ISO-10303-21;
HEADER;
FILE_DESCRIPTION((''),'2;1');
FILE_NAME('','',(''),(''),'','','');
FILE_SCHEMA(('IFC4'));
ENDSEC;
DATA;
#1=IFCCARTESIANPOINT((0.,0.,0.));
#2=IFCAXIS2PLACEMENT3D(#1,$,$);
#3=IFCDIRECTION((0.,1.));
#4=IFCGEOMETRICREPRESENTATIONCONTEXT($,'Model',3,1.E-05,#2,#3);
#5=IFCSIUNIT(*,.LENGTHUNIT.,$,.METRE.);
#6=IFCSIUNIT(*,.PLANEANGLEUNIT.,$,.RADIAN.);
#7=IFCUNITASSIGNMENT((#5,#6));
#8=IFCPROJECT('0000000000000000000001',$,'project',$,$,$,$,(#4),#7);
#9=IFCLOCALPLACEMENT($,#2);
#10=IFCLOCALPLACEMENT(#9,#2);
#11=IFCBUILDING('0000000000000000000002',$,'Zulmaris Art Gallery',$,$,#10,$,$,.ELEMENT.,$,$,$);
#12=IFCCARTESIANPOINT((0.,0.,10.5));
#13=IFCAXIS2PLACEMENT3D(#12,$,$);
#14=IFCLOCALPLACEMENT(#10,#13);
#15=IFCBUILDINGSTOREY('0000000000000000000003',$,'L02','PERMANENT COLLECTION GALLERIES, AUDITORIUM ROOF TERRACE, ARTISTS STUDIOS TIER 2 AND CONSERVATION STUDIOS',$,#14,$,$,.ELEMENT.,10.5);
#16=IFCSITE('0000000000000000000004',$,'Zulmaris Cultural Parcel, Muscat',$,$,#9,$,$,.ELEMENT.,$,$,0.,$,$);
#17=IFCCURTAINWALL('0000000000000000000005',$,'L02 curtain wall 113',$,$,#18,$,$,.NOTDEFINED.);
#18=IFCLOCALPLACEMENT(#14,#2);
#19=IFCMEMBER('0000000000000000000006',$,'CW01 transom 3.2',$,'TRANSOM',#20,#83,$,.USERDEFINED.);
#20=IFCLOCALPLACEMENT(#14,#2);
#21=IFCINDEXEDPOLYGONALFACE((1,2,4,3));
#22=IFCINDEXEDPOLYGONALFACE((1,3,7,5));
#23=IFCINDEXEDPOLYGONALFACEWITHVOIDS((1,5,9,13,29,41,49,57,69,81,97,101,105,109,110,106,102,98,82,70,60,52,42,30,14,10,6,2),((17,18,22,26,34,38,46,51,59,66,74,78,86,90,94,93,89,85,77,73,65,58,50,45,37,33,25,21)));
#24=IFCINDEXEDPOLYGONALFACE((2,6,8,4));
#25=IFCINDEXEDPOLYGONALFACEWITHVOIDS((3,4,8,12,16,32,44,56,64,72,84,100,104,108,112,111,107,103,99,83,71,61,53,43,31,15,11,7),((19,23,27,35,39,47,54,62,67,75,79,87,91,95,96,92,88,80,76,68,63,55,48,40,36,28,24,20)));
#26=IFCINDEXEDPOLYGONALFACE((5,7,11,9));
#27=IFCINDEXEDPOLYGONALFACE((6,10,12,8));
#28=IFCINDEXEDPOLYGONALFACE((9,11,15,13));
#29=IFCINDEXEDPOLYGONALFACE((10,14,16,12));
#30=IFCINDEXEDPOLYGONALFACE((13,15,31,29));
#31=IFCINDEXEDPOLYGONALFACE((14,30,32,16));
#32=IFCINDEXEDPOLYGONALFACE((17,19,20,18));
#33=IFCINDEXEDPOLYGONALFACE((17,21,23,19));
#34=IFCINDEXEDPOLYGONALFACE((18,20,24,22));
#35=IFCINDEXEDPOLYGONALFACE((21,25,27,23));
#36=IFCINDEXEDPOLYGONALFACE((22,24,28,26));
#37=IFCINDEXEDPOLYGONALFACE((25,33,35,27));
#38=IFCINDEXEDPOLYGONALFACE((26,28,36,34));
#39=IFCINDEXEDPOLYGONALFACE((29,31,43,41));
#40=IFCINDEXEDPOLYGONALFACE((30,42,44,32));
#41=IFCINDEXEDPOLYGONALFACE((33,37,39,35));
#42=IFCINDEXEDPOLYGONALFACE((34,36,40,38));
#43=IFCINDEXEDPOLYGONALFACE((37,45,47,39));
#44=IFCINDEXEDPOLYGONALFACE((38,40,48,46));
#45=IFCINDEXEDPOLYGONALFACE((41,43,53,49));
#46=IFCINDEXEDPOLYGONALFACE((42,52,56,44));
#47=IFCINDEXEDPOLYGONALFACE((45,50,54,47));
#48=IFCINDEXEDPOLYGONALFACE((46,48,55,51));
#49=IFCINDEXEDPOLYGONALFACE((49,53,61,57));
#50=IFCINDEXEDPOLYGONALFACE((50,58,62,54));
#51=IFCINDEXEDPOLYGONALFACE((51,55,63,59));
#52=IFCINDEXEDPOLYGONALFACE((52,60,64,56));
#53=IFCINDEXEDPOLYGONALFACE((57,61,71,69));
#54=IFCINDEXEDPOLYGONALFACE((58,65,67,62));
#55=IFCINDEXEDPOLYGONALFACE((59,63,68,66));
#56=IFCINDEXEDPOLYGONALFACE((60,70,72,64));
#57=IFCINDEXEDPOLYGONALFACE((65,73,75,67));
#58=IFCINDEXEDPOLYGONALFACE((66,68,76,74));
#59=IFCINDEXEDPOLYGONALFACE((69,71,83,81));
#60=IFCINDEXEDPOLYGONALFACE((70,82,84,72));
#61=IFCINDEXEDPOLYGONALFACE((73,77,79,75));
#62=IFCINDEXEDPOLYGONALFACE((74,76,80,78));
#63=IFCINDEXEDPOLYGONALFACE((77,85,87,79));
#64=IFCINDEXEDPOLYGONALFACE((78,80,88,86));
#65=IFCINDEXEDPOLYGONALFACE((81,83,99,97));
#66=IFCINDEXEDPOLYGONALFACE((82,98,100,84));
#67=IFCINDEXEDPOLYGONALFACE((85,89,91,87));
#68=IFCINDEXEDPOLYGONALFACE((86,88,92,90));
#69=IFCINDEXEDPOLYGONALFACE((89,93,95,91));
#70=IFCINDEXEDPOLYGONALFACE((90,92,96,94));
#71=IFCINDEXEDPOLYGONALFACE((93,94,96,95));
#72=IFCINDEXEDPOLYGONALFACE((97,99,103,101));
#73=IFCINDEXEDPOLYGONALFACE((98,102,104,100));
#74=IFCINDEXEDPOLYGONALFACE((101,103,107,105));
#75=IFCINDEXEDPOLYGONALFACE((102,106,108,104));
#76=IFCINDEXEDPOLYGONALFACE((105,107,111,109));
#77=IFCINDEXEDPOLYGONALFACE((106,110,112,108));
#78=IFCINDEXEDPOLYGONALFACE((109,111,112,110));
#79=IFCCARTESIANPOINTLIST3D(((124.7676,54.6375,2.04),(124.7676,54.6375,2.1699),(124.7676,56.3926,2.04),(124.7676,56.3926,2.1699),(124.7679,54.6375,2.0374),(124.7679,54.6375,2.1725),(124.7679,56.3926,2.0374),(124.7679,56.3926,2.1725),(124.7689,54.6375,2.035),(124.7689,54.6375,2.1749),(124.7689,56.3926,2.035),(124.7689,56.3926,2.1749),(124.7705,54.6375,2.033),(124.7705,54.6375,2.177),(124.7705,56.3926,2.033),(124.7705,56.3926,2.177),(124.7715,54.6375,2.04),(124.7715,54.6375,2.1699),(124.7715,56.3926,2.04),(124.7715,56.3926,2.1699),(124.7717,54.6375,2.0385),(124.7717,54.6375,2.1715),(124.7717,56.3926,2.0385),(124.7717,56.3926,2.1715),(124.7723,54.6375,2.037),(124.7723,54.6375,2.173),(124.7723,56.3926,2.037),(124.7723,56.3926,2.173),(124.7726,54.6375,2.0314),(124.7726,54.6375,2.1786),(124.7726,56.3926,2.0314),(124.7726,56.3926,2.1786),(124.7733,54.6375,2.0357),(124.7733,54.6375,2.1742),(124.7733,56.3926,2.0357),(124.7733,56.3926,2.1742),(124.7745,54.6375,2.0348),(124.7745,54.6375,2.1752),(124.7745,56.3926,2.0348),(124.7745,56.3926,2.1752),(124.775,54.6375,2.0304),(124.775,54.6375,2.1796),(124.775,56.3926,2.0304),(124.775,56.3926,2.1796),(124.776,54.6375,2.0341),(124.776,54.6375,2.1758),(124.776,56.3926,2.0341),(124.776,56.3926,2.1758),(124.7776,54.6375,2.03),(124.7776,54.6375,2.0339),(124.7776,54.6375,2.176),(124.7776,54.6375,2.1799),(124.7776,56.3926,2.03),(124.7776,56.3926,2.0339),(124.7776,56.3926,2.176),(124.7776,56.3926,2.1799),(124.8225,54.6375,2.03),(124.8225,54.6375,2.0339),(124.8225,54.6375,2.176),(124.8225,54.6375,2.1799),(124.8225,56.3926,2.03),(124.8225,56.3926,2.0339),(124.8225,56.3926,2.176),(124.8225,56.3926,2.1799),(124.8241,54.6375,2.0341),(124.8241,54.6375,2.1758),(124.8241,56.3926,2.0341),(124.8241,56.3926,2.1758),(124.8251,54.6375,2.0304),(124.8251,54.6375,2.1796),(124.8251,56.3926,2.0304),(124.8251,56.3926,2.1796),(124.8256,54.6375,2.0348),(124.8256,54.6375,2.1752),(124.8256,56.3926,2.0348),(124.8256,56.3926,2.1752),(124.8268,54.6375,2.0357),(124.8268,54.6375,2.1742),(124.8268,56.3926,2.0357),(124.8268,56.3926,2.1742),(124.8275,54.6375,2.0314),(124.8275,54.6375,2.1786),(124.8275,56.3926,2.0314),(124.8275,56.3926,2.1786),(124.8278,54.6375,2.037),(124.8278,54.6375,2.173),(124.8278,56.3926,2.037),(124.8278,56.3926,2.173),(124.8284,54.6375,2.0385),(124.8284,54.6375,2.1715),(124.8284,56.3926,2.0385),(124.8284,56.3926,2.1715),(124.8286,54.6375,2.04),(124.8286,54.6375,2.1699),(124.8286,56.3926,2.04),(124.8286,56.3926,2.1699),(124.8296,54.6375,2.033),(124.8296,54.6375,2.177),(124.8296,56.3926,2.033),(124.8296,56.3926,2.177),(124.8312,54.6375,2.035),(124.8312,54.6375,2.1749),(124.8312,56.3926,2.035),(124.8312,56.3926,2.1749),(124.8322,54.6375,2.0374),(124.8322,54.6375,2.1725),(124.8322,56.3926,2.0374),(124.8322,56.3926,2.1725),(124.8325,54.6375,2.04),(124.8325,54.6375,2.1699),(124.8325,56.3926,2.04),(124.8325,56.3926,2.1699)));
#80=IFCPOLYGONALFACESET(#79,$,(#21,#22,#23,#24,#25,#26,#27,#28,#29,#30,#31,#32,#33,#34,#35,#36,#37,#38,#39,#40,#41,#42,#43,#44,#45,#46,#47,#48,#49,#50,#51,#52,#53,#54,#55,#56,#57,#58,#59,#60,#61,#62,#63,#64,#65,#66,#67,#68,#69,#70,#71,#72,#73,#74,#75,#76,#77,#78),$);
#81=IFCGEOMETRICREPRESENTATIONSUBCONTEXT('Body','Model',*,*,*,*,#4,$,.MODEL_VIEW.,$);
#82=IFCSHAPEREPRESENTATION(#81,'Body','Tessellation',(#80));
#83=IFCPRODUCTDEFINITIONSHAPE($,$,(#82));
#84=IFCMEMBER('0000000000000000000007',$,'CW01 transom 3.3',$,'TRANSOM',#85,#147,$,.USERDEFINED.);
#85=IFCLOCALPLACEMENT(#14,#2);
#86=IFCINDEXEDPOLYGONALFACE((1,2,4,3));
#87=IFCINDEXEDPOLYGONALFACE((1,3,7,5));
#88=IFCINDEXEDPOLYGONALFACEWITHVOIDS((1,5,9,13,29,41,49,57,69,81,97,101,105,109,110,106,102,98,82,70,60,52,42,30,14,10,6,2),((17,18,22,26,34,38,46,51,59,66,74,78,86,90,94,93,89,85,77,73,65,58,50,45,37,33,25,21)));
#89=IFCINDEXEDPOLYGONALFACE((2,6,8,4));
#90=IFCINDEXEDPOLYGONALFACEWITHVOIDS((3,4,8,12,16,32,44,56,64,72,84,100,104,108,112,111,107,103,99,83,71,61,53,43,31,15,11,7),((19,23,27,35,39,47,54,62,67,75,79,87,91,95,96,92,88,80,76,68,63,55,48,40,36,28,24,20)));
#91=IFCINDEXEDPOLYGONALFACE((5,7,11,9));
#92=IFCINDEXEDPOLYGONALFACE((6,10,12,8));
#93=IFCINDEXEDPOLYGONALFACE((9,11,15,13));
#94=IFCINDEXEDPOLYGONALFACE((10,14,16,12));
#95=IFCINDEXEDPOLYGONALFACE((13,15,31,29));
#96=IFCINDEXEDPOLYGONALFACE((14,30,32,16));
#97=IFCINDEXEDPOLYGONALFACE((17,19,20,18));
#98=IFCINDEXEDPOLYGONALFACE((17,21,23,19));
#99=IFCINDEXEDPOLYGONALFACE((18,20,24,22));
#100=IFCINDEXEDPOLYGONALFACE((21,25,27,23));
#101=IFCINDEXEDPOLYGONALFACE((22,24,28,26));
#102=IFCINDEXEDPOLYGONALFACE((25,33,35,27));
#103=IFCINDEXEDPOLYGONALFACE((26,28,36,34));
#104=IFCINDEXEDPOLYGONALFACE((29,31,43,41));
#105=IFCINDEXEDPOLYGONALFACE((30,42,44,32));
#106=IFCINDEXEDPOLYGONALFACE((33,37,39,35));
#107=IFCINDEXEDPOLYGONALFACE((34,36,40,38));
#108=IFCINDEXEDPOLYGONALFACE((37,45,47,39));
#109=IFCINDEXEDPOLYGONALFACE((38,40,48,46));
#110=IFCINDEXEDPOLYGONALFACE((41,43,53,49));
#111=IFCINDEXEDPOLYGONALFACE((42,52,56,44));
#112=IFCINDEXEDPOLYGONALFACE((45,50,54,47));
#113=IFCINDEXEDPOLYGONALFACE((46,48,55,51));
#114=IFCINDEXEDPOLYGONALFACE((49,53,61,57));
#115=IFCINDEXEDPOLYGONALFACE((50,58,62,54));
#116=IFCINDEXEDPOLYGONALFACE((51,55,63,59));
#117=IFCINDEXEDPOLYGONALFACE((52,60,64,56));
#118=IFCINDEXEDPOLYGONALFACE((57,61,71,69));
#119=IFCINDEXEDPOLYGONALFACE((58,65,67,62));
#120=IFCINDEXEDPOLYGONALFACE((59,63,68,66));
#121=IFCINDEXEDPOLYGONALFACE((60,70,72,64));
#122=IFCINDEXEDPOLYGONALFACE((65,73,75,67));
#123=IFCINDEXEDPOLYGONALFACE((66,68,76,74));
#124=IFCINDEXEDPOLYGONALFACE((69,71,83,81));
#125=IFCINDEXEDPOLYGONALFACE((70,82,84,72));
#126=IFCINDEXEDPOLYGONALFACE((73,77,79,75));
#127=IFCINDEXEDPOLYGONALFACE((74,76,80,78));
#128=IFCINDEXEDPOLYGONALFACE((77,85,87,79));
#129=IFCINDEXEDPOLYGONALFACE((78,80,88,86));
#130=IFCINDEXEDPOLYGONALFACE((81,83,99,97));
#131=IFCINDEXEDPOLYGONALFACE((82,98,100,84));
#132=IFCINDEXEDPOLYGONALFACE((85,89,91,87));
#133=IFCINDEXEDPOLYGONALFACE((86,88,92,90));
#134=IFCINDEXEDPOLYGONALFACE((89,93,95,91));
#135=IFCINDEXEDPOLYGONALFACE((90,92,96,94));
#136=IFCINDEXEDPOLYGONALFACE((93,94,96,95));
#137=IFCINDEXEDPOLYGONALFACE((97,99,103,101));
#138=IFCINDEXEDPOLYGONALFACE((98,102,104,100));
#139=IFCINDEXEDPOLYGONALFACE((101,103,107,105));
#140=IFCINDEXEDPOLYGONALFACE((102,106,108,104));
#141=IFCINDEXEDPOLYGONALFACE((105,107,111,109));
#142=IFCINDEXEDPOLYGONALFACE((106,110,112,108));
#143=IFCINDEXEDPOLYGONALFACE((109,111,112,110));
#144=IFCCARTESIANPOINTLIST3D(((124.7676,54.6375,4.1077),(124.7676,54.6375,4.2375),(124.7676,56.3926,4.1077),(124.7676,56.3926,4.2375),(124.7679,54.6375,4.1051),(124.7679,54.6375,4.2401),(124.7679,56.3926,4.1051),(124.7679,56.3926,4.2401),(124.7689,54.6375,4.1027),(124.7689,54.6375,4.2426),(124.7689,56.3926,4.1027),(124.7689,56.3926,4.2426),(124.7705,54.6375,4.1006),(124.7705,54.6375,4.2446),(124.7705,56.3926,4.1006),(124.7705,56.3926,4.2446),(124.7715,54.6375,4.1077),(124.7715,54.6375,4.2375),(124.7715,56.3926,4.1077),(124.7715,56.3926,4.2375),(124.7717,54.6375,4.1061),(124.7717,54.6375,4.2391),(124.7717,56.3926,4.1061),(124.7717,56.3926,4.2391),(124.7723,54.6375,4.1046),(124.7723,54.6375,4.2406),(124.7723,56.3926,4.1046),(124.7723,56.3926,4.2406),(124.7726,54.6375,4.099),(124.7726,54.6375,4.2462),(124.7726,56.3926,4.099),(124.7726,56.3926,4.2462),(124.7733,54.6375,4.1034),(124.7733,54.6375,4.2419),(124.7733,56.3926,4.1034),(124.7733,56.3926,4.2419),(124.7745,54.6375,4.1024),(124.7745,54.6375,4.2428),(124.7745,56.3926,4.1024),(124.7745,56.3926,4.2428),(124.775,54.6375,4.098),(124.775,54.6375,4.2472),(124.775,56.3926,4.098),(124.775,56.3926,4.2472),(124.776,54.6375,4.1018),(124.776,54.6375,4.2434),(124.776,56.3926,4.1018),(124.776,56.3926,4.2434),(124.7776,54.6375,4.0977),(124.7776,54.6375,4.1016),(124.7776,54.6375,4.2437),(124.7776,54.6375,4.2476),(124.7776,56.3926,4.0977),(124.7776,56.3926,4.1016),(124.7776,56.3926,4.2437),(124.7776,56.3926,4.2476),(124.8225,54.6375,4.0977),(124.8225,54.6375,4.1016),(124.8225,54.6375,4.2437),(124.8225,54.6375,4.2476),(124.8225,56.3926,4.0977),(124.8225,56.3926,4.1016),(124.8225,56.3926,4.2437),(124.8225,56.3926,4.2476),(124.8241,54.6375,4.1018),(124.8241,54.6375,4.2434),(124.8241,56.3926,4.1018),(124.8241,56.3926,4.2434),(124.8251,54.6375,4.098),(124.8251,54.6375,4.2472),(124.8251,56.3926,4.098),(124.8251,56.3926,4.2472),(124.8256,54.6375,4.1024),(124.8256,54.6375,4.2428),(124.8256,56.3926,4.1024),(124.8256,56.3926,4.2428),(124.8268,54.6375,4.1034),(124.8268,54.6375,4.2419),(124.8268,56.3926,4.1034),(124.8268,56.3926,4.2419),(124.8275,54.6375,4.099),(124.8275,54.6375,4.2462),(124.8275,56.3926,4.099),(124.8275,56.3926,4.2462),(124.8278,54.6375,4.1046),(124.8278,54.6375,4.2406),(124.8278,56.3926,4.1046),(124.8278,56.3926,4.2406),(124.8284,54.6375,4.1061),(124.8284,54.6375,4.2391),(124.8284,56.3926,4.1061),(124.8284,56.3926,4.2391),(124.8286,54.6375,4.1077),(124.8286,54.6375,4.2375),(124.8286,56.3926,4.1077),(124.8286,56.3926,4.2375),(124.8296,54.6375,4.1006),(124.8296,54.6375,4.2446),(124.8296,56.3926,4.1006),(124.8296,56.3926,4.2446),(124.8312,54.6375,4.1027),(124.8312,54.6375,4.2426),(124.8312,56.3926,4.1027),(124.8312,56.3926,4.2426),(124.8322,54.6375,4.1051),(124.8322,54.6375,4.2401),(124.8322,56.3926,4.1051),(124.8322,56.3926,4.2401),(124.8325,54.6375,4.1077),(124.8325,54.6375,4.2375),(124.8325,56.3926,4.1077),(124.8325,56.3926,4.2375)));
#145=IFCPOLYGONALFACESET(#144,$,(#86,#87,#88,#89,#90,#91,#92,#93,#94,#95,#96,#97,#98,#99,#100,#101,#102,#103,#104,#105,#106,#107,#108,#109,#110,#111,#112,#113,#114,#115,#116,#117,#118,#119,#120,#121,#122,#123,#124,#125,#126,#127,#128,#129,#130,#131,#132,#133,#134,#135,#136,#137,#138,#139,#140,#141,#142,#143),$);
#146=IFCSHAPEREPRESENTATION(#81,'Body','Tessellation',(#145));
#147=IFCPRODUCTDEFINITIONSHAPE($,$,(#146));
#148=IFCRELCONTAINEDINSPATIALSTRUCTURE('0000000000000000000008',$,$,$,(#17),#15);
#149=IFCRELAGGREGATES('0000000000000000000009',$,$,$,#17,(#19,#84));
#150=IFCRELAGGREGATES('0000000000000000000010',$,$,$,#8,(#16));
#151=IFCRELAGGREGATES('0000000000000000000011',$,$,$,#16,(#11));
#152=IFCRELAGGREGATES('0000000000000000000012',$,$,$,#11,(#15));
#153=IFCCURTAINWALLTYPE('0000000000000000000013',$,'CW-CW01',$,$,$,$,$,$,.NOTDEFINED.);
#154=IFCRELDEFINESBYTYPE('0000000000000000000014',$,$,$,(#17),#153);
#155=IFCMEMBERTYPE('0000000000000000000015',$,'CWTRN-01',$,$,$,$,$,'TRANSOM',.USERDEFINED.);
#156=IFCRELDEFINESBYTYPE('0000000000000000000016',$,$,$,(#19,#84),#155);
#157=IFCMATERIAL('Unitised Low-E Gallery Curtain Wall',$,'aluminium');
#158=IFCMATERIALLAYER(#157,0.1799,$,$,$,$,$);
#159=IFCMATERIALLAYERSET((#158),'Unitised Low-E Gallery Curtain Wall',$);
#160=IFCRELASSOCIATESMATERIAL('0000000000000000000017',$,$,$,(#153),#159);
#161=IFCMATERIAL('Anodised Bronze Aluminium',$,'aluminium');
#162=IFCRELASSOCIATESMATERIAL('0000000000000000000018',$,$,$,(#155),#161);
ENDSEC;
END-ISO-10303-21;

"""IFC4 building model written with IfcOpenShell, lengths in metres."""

from ifc_helpers import new_model, si_unit, direction, frame, origin, origin_2d, place, context, subcontext, project, spatial, hollow_rectangle, extrude, material, layer, layer_set, material_profile, profile_set, type_object, element, aggregate, save


model = new_model("IFC4")

# Units and contexts
model_context = context("Model", 3, precision=1e-05, world=origin(), true_north=direction((0.0, 1.0)))
body_context = subcontext(model_context, "Body", "Model", "MODEL_VIEW")
ifc_project = project(units=[si_unit("LENGTHUNIT", "METRE"), si_unit("PLANEANGLEUNIT", "RADIAN")], contexts=[model_context])

# Site, building, storey
site_placement = place(None, origin())
site = spatial("IfcSite", under=ifc_project, at=site_placement, Name="Zulmaris Cultural Parcel, Muscat", CompositionType="ELEMENT", RefElevation=0.0)
building_placement = place(site_placement, origin())
building = spatial("IfcBuilding", under=site, at=building_placement, Name="Zulmaris Art Gallery", CompositionType="ELEMENT")
storey_placement = place(building_placement, frame((0.0, 0.0, 10.5)))
storey = spatial("IfcBuildingStorey", under=building, at=storey_placement, Name="L02", Description="PERMANENT COLLECTION GALLERIES, AUDITORIUM ROOF TERRACE, ARTISTS STUDIOS TIER 2 AND CONSERVATION STUDIOS", CompositionType="ELEMENT", Elevation=10.5)

# Curtain wall
ifc_material_1 = material(Name="Unitised Low-E Gallery Curtain Wall", Category="aluminium")
ifc_layer_1 = layer(ifc_material_1, 0.1799)
ifc_layer_set_1 = layer_set([ifc_layer_1], Name="Unitised Low-E Gallery Curtain Wall")
curtain_wall_type = type_object("IfcCurtainWallType", Name="CW-CW01", PredefinedType="NOTDEFINED", material=ifc_layer_set_1)
ifc_material_2 = material(Name="Anodised Bronze Aluminium", Category="aluminium")
curtain_wall_1_placement = place(storey_placement, origin())
curtain_wall_1 = element("IfcCurtainWall", 1, at=curtain_wall_1_placement, inside=storey, type_object=curtain_wall_type, Name="L02 curtain wall 113", PredefinedType="NOTDEFINED")

# Members
ifc_material_profile_1 = material_profile(ifc_material_2, hollow_rectangle(XDim=0.0649, YDim=0.1499, WallThickness=0.0039, InnerFilletRadius=0.0061, OuterFilletRadius=0.01, at=origin_2d()), Name="ALU 65x150x4")
ifc_profile_set_1 = profile_set([ifc_material_profile_1], Name="Anodised Bronze Aluminium")
member_type_1 = type_object("IfcMemberType", Name="CWTRN-01", ElementType="TRANSOM", PredefinedType="USERDEFINED", material=ifc_profile_set_1)
member_1_placement = place(storey_placement, frame((124.8, 54.6375, 2.105), z_axis=(0.0, 1.0, 0.0), x_axis=(-1.0, 0.0, 0.0)))
member_1 = element("IfcMember", 2, at=member_1_placement, type_object=member_type_1, Name="CW01 transom 3.2", ObjectType="TRANSOM", PredefinedType="USERDEFINED", context=body_context, shape_type="SweptSolid", body=[
    extrude(hollow_rectangle(XDim=0.0649, YDim=0.1499, WallThickness=0.0039, InnerFilletRadius=0.0061, OuterFilletRadius=0.01, at=origin_2d()), origin(), (0.0, 0.0, 1.0), 1.7551),
])
member_2_placement = place(storey_placement, frame((124.8, 54.6375, 4.1726), z_axis=(0.0, 1.0, 0.0), x_axis=(-1.0, 0.0, 0.0)))
member_2 = element("IfcMember", 3, at=member_2_placement, type_object=member_type_1, Name="CW01 transom 3.3", ObjectType="TRANSOM", PredefinedType="USERDEFINED", context=body_context, shape_type="SweptSolid", body=[
    extrude(hollow_rectangle(XDim=0.0649, YDim=0.1499, WallThickness=0.0039, InnerFilletRadius=0.0061, OuterFilletRadius=0.01, at=origin_2d()), origin(), (0.0, 0.0, 1.0), 1.7551),
])

aggregate(curtain_wall_1, [member_1, member_2])

save(model, "model.ifc")
